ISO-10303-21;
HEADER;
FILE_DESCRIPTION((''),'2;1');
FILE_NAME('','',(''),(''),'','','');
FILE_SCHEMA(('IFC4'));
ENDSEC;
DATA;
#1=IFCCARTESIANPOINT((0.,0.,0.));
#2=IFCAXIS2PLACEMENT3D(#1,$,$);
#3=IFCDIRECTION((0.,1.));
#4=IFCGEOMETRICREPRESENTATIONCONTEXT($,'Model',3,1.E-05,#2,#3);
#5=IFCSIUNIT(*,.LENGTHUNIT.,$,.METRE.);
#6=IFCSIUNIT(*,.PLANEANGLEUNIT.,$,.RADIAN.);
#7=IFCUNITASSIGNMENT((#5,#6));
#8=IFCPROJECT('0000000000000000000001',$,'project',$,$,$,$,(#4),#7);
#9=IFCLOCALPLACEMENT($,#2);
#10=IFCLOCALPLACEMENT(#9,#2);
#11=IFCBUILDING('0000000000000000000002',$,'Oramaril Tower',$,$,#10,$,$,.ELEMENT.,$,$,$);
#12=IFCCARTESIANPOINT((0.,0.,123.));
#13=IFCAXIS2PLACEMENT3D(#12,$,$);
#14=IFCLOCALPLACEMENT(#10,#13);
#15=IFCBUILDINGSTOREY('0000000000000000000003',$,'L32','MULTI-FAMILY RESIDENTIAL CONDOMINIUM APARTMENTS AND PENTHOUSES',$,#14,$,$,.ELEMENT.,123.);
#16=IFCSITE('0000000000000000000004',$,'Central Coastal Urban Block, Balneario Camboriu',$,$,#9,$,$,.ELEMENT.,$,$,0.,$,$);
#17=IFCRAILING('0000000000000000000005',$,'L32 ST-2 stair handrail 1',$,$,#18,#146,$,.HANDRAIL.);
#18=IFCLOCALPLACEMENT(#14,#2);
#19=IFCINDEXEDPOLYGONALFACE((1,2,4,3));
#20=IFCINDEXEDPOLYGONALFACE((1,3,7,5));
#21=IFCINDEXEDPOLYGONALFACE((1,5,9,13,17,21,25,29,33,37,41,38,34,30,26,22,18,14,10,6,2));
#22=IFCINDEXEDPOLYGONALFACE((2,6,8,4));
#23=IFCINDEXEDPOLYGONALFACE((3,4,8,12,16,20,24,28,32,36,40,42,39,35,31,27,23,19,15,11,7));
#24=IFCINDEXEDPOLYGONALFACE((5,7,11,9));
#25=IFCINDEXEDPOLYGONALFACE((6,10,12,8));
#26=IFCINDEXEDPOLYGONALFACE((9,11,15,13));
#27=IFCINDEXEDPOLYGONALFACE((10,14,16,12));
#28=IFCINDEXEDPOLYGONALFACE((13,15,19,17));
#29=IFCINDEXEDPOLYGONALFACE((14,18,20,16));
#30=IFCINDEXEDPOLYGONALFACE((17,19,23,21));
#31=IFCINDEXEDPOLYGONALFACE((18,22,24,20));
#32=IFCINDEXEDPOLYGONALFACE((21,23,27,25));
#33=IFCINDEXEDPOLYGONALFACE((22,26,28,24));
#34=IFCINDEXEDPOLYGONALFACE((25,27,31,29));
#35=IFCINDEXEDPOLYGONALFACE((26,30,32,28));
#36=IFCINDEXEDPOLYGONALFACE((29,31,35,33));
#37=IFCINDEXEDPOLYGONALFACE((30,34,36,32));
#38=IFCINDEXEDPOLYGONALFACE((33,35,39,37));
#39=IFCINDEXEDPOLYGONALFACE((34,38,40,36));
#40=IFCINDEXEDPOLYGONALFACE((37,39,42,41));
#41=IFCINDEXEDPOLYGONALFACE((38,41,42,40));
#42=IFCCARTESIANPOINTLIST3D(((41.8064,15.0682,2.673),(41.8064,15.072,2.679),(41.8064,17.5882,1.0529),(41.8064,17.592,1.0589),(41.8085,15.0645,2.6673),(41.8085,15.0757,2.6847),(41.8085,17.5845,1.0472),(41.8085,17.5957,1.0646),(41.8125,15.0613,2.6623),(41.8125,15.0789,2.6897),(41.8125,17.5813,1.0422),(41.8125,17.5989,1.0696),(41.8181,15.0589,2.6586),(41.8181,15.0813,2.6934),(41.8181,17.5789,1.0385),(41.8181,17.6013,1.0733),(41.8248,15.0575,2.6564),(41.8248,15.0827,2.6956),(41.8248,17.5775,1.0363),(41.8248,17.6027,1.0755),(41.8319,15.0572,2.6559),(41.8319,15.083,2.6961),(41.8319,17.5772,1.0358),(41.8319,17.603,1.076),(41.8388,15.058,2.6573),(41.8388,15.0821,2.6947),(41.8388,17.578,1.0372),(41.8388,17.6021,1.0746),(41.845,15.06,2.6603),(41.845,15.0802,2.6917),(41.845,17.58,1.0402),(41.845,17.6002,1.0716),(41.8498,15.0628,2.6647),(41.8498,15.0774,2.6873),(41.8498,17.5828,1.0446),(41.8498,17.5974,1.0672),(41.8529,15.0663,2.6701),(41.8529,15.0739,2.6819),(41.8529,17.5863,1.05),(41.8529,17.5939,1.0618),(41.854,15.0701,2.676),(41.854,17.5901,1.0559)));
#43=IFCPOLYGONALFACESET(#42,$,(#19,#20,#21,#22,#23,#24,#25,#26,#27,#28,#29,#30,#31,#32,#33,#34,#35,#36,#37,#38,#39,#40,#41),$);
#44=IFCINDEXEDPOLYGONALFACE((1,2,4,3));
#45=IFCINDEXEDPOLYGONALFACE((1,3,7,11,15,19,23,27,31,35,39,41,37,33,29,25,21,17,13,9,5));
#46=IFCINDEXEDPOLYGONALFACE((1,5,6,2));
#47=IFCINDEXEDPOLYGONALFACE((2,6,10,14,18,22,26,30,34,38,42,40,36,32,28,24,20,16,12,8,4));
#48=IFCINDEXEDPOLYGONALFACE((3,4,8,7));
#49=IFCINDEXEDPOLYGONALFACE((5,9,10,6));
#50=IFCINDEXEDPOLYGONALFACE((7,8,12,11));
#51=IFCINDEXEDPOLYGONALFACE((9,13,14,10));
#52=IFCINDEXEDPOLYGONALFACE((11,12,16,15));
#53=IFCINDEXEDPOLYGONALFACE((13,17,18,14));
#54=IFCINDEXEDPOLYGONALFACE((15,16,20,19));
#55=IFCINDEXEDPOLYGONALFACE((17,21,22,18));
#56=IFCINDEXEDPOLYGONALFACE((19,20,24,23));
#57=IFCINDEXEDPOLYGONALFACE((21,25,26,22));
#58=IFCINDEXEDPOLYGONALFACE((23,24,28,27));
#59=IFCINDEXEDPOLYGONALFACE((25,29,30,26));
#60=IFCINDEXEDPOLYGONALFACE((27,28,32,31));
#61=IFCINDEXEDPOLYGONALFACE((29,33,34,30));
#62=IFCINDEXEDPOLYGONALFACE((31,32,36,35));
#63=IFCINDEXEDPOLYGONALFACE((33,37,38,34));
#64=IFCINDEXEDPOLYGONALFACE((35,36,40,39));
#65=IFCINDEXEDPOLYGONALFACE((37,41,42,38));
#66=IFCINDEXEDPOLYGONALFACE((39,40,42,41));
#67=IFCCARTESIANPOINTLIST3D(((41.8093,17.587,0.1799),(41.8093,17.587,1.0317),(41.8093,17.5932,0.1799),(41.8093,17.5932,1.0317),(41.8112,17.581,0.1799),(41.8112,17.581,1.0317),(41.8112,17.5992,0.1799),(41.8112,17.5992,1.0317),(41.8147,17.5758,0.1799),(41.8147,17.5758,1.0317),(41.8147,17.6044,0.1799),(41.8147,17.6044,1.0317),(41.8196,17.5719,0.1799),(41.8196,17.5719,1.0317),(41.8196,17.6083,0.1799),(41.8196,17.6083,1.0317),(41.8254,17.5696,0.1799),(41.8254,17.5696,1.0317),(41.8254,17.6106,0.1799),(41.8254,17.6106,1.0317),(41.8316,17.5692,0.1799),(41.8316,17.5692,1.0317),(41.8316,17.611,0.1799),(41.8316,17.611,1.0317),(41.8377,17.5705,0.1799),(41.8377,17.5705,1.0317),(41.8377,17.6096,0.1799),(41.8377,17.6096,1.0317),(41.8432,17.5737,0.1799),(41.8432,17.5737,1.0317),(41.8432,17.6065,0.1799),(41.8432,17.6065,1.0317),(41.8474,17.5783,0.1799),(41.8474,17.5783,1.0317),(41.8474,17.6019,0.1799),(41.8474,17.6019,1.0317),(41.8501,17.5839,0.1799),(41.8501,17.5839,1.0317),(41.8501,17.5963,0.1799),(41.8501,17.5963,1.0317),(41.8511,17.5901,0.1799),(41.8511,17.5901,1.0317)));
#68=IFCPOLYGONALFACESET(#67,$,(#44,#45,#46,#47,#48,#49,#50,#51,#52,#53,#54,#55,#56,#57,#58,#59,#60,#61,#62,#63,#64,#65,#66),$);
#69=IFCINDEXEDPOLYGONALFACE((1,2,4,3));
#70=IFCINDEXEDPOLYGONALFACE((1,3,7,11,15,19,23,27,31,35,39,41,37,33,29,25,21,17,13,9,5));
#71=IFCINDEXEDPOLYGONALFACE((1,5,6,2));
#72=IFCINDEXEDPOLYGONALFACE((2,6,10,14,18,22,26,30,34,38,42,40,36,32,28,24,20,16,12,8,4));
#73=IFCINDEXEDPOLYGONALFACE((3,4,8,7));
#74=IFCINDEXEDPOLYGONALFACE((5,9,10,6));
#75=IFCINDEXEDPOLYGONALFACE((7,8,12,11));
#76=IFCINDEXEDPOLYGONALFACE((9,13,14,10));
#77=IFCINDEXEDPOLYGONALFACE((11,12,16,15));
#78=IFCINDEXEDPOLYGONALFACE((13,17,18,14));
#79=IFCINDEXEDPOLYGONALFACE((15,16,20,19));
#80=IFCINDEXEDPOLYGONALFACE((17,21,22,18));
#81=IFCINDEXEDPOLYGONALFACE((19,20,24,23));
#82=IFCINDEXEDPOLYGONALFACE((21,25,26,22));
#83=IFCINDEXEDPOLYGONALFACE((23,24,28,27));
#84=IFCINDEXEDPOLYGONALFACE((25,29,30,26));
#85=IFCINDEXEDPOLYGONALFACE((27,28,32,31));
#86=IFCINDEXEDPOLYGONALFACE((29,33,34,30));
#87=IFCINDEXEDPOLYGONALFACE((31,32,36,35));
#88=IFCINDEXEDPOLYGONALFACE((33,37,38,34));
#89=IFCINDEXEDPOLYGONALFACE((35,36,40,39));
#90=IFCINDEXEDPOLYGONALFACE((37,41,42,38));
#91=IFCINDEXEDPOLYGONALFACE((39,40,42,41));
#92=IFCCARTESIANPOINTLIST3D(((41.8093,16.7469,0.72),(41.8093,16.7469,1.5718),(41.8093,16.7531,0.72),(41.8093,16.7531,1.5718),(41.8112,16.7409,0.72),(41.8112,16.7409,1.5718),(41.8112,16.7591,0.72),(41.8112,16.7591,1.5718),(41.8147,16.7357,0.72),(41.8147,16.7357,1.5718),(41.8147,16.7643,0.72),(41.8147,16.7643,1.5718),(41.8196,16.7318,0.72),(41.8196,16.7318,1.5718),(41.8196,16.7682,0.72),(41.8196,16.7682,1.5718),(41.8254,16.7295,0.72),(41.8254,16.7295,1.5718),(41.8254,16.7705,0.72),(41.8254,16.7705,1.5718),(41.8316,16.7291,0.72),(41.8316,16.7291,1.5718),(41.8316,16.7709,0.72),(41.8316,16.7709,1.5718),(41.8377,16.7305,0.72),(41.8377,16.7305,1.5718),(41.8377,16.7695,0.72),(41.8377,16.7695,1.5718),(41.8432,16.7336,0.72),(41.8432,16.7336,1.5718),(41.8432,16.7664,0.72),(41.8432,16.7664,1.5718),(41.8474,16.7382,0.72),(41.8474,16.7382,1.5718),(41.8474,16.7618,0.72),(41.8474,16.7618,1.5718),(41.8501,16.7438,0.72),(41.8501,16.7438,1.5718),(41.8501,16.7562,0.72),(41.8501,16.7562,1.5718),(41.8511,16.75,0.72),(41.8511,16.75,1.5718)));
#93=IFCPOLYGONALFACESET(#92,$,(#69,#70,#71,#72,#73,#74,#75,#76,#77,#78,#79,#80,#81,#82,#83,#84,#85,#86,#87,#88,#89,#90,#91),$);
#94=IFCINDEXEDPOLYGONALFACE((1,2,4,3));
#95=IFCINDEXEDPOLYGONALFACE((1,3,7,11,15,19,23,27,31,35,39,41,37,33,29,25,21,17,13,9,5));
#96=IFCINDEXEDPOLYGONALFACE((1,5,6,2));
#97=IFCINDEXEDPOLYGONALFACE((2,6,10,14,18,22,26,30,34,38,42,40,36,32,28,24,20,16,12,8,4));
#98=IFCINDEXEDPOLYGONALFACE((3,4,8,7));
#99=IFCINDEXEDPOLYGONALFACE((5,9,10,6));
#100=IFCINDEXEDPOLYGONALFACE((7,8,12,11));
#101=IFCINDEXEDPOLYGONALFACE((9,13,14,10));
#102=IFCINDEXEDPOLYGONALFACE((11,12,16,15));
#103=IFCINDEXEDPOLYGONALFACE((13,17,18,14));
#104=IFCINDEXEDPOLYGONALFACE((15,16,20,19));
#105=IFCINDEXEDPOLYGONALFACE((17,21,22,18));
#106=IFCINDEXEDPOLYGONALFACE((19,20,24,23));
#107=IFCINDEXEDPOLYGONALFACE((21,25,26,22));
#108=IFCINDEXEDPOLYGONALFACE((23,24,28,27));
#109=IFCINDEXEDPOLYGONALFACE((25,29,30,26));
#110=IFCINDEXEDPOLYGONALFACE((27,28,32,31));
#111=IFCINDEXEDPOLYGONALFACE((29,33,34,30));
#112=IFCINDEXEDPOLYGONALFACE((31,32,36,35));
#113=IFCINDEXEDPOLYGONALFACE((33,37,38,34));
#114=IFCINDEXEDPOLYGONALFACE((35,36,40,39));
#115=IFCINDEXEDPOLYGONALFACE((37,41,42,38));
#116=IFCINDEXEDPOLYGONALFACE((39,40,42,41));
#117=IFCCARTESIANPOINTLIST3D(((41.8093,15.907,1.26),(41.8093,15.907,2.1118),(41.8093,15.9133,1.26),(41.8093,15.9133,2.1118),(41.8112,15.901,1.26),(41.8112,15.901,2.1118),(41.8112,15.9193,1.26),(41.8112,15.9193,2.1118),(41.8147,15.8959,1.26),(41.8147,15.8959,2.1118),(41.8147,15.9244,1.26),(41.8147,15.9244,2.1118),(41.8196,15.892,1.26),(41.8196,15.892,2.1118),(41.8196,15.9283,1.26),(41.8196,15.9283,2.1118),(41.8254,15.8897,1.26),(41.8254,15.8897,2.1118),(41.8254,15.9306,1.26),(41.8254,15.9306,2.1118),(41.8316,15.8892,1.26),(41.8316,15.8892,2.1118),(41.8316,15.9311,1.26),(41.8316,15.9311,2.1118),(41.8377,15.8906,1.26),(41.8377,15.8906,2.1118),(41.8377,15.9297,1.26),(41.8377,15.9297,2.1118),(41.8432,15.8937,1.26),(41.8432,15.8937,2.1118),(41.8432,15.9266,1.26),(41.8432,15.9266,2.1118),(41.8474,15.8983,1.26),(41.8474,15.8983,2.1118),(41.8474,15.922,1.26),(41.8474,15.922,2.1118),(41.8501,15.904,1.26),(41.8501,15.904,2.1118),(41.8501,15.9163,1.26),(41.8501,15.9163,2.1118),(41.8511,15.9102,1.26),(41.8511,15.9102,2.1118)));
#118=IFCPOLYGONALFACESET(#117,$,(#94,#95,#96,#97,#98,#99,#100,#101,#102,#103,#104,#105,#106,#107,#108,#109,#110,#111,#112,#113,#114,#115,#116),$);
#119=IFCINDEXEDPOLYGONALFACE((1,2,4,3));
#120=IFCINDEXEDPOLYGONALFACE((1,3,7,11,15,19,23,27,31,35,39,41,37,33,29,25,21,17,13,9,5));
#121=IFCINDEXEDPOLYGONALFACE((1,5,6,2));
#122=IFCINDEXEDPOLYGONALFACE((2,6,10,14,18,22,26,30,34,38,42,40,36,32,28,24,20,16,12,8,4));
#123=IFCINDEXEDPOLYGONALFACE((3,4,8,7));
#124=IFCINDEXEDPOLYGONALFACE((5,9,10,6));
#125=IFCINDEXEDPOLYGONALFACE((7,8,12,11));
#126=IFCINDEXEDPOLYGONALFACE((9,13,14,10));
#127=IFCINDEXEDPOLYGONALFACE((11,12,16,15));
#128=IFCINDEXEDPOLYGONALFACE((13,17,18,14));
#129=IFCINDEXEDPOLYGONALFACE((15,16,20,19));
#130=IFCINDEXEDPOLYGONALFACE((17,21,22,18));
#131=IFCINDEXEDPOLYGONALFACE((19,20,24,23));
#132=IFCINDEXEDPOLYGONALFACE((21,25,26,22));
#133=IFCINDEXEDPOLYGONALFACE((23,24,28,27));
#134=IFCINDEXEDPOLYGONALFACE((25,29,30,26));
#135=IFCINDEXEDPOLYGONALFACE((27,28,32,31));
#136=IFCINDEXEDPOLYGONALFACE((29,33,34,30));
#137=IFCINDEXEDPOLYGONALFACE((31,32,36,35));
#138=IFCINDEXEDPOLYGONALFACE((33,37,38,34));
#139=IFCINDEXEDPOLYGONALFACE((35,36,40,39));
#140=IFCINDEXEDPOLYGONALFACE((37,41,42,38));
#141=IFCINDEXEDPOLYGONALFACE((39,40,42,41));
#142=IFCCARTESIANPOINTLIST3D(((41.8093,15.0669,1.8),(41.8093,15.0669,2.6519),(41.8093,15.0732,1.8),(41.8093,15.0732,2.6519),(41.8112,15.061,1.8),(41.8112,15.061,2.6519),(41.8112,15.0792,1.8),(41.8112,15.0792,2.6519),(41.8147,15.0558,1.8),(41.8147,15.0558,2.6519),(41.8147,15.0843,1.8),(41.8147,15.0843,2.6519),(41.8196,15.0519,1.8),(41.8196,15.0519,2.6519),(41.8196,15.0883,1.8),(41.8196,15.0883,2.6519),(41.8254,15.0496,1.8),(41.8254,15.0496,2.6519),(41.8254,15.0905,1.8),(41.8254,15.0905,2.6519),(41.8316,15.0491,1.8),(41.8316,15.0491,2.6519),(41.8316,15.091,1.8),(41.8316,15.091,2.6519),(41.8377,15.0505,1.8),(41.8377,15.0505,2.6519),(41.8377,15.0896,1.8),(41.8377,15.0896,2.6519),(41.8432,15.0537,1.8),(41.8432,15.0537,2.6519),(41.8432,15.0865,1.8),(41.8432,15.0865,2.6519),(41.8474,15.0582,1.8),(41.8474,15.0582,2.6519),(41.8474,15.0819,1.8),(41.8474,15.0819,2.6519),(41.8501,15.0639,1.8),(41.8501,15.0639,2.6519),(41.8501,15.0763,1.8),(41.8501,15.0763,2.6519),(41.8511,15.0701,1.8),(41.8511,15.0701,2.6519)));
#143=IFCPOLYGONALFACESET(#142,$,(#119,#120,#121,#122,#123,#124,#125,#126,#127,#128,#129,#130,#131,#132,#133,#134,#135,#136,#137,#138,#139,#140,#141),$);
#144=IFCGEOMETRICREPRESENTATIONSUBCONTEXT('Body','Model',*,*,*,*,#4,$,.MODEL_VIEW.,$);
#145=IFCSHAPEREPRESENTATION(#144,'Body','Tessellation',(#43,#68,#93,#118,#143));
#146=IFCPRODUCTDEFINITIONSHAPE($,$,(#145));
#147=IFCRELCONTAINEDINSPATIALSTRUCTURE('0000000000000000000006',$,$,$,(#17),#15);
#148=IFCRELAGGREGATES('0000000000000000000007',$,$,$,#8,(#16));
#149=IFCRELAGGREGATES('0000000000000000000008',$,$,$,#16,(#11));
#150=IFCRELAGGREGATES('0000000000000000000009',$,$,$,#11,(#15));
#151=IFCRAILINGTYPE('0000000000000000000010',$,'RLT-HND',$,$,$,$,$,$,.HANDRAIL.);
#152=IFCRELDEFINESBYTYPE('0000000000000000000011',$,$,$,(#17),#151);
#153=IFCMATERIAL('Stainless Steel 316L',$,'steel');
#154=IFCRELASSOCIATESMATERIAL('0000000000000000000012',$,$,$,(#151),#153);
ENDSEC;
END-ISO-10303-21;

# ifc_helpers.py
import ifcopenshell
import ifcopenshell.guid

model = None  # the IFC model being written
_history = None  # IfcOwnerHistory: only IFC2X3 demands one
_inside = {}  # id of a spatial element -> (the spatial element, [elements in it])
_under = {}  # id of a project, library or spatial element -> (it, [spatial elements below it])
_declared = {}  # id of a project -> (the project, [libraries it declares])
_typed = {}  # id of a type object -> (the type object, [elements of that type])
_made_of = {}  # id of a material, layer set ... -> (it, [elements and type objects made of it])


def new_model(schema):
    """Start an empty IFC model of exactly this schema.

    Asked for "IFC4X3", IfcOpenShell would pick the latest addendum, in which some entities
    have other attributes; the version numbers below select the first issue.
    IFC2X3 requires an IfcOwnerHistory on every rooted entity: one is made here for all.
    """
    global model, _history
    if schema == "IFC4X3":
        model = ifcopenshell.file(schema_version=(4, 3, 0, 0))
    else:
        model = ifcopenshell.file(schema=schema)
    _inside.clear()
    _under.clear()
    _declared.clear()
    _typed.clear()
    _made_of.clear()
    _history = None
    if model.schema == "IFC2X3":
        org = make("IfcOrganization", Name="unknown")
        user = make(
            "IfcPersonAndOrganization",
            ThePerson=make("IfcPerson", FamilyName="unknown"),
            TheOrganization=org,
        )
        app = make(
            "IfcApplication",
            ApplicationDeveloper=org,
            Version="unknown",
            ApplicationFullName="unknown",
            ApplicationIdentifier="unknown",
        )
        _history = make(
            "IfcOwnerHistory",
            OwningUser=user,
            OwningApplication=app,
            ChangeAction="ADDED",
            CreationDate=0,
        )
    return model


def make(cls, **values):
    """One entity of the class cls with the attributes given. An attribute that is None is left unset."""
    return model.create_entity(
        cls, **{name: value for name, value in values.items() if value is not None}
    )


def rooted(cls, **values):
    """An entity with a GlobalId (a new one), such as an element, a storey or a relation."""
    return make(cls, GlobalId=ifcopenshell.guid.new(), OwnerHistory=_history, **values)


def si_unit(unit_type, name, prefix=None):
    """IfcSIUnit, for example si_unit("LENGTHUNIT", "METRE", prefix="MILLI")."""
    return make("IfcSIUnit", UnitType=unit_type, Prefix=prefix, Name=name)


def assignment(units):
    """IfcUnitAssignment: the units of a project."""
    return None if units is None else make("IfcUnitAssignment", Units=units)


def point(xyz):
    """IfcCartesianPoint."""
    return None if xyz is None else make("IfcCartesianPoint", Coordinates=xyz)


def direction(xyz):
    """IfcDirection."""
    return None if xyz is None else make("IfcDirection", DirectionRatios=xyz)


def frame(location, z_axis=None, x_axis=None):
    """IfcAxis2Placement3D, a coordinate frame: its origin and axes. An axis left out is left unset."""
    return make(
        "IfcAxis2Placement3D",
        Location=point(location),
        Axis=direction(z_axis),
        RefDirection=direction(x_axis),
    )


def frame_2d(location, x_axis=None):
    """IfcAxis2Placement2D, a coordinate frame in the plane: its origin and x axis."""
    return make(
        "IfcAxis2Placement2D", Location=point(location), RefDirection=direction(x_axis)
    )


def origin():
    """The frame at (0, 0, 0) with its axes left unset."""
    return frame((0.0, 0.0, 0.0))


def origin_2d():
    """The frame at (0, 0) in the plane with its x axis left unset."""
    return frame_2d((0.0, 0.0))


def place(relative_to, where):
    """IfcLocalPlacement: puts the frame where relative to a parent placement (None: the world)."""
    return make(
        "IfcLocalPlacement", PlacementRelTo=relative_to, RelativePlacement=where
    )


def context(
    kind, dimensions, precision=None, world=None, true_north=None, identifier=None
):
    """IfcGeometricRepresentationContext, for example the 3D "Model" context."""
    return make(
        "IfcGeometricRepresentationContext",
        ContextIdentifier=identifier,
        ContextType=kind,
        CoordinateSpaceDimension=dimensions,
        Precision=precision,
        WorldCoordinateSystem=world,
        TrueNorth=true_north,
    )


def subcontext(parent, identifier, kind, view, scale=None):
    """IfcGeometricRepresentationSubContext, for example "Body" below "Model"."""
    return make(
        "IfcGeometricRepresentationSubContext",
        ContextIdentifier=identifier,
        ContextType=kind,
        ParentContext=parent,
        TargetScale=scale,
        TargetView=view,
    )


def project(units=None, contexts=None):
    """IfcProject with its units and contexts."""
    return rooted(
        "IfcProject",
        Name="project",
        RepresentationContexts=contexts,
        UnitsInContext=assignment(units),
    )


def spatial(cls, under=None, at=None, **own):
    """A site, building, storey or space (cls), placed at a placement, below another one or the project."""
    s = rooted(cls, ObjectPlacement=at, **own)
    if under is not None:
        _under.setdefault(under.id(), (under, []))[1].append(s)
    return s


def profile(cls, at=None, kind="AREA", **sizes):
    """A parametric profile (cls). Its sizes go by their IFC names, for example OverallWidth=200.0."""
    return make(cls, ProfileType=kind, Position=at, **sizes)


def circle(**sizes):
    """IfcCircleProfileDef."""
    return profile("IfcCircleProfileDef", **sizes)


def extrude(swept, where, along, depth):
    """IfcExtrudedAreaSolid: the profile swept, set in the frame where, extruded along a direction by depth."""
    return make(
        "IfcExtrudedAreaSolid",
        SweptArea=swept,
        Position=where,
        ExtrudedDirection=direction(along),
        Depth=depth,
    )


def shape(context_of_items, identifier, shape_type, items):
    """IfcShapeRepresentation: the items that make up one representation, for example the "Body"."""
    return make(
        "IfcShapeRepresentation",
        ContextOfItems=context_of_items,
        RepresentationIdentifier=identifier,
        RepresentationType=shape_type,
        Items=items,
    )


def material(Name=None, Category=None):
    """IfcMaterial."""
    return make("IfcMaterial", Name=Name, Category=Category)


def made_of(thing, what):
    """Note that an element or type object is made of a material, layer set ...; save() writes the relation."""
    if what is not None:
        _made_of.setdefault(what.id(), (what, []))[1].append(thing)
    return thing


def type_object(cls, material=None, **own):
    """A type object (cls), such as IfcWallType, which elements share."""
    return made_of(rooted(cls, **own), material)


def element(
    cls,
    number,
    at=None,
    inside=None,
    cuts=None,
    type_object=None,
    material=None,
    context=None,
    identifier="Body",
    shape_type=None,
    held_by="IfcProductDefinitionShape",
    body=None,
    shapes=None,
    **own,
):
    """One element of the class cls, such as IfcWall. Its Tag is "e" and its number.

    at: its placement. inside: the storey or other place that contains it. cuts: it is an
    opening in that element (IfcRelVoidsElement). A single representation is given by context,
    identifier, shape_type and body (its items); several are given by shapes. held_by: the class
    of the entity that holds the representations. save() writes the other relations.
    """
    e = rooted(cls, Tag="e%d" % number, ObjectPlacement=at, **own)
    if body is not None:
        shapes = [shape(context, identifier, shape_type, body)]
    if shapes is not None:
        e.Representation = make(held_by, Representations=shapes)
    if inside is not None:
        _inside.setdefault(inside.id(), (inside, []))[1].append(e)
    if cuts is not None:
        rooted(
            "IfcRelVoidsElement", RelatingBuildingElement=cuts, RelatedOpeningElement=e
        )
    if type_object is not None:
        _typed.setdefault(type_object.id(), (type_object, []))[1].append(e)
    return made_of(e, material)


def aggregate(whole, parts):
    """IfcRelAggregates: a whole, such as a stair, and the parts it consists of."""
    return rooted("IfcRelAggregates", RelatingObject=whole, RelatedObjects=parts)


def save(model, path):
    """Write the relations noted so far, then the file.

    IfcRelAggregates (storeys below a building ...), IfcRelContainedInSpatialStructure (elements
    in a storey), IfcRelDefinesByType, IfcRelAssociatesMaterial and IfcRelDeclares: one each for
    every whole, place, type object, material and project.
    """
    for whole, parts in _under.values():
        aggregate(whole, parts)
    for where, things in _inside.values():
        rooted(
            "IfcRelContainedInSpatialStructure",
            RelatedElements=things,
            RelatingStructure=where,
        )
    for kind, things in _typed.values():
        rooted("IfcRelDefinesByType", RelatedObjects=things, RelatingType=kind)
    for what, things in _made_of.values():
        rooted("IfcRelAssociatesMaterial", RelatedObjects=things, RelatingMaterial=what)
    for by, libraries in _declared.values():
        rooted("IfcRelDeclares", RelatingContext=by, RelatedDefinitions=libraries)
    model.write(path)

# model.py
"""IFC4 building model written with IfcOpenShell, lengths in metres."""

from ifc_helpers import new_model, si_unit, direction, frame, origin, origin_2d, place, context, subcontext, project, spatial, circle, extrude, material, type_object, element, save


model = new_model("IFC4")

# Units and contexts
model_context = context("Model", 3, precision=1e-05, world=origin(), true_north=direction((0.0, 1.0)))
body_context = subcontext(model_context, "Body", "Model", "MODEL_VIEW")
ifc_project = project(units=[si_unit("LENGTHUNIT", "METRE"), si_unit("PLANEANGLEUNIT", "RADIAN")], contexts=[model_context])

# Site, building, storey
site_placement = place(None, origin())
site = spatial("IfcSite", under=ifc_project, at=site_placement, Name="Central Coastal Urban Block, Balneario Camboriu", CompositionType="ELEMENT", RefElevation=0.0)
building_placement = place(site_placement, origin())
building = spatial("IfcBuilding", under=site, at=building_placement, Name="Oramaril Tower", CompositionType="ELEMENT")
storey_placement = place(building_placement, frame((0.0, 0.0, 123.0)))
storey = spatial("IfcBuildingStorey", under=building, at=storey_placement, Name="L32", Description="MULTI-FAMILY RESIDENTIAL CONDOMINIUM APARTMENTS AND PENTHOUSES", CompositionType="ELEMENT", Elevation=123.0)

# Railing
ifc_material_1 = material(Name="Stainless Steel 316L", Category="steel")
railing_type_1 = type_object("IfcRailingType", Name="RLT-HND", PredefinedType="HANDRAIL", material=ifc_material_1)
railing_1_placement = place(storey_placement, frame((41.8301, 17.5901, 0.1799)))
element("IfcRailing", 1, at=railing_1_placement, inside=storey, type_object=railing_type_1, Name="L32 ST-2 stair handrail 1", PredefinedType="HANDRAIL", context=body_context, shape_type="SweptSolid", body=[
    extrude(circle(Radius=0.0239, at=origin_2d()), frame((0.0, 0.0, 0.876), z_axis=(0.0, -0.841163, 0.540782), x_axis=(1.0, 0.0, 0.0)), (0.0, 0.0, 1.0), 2.9958),
    extrude(circle(Radius=0.021, at=origin_2d()), origin(), (0.0, 0.0, 1.0), 0.8518),
    extrude(circle(Radius=0.021, at=origin_2d()), frame((0.0, -0.8401, 0.54)), (0.0, 0.0, 1.0), 0.8518),
    extrude(circle(Radius=0.021, at=origin_2d()), frame((0.0, -1.6799, 1.0801)), (0.0, 0.0, 1.0), 0.8518),
    extrude(circle(Radius=0.021, at=origin_2d()), frame((0.0, -2.52, 1.6201)), (0.0, 0.0, 1.0), 0.8518),
])

save(model, "model.ifc")
